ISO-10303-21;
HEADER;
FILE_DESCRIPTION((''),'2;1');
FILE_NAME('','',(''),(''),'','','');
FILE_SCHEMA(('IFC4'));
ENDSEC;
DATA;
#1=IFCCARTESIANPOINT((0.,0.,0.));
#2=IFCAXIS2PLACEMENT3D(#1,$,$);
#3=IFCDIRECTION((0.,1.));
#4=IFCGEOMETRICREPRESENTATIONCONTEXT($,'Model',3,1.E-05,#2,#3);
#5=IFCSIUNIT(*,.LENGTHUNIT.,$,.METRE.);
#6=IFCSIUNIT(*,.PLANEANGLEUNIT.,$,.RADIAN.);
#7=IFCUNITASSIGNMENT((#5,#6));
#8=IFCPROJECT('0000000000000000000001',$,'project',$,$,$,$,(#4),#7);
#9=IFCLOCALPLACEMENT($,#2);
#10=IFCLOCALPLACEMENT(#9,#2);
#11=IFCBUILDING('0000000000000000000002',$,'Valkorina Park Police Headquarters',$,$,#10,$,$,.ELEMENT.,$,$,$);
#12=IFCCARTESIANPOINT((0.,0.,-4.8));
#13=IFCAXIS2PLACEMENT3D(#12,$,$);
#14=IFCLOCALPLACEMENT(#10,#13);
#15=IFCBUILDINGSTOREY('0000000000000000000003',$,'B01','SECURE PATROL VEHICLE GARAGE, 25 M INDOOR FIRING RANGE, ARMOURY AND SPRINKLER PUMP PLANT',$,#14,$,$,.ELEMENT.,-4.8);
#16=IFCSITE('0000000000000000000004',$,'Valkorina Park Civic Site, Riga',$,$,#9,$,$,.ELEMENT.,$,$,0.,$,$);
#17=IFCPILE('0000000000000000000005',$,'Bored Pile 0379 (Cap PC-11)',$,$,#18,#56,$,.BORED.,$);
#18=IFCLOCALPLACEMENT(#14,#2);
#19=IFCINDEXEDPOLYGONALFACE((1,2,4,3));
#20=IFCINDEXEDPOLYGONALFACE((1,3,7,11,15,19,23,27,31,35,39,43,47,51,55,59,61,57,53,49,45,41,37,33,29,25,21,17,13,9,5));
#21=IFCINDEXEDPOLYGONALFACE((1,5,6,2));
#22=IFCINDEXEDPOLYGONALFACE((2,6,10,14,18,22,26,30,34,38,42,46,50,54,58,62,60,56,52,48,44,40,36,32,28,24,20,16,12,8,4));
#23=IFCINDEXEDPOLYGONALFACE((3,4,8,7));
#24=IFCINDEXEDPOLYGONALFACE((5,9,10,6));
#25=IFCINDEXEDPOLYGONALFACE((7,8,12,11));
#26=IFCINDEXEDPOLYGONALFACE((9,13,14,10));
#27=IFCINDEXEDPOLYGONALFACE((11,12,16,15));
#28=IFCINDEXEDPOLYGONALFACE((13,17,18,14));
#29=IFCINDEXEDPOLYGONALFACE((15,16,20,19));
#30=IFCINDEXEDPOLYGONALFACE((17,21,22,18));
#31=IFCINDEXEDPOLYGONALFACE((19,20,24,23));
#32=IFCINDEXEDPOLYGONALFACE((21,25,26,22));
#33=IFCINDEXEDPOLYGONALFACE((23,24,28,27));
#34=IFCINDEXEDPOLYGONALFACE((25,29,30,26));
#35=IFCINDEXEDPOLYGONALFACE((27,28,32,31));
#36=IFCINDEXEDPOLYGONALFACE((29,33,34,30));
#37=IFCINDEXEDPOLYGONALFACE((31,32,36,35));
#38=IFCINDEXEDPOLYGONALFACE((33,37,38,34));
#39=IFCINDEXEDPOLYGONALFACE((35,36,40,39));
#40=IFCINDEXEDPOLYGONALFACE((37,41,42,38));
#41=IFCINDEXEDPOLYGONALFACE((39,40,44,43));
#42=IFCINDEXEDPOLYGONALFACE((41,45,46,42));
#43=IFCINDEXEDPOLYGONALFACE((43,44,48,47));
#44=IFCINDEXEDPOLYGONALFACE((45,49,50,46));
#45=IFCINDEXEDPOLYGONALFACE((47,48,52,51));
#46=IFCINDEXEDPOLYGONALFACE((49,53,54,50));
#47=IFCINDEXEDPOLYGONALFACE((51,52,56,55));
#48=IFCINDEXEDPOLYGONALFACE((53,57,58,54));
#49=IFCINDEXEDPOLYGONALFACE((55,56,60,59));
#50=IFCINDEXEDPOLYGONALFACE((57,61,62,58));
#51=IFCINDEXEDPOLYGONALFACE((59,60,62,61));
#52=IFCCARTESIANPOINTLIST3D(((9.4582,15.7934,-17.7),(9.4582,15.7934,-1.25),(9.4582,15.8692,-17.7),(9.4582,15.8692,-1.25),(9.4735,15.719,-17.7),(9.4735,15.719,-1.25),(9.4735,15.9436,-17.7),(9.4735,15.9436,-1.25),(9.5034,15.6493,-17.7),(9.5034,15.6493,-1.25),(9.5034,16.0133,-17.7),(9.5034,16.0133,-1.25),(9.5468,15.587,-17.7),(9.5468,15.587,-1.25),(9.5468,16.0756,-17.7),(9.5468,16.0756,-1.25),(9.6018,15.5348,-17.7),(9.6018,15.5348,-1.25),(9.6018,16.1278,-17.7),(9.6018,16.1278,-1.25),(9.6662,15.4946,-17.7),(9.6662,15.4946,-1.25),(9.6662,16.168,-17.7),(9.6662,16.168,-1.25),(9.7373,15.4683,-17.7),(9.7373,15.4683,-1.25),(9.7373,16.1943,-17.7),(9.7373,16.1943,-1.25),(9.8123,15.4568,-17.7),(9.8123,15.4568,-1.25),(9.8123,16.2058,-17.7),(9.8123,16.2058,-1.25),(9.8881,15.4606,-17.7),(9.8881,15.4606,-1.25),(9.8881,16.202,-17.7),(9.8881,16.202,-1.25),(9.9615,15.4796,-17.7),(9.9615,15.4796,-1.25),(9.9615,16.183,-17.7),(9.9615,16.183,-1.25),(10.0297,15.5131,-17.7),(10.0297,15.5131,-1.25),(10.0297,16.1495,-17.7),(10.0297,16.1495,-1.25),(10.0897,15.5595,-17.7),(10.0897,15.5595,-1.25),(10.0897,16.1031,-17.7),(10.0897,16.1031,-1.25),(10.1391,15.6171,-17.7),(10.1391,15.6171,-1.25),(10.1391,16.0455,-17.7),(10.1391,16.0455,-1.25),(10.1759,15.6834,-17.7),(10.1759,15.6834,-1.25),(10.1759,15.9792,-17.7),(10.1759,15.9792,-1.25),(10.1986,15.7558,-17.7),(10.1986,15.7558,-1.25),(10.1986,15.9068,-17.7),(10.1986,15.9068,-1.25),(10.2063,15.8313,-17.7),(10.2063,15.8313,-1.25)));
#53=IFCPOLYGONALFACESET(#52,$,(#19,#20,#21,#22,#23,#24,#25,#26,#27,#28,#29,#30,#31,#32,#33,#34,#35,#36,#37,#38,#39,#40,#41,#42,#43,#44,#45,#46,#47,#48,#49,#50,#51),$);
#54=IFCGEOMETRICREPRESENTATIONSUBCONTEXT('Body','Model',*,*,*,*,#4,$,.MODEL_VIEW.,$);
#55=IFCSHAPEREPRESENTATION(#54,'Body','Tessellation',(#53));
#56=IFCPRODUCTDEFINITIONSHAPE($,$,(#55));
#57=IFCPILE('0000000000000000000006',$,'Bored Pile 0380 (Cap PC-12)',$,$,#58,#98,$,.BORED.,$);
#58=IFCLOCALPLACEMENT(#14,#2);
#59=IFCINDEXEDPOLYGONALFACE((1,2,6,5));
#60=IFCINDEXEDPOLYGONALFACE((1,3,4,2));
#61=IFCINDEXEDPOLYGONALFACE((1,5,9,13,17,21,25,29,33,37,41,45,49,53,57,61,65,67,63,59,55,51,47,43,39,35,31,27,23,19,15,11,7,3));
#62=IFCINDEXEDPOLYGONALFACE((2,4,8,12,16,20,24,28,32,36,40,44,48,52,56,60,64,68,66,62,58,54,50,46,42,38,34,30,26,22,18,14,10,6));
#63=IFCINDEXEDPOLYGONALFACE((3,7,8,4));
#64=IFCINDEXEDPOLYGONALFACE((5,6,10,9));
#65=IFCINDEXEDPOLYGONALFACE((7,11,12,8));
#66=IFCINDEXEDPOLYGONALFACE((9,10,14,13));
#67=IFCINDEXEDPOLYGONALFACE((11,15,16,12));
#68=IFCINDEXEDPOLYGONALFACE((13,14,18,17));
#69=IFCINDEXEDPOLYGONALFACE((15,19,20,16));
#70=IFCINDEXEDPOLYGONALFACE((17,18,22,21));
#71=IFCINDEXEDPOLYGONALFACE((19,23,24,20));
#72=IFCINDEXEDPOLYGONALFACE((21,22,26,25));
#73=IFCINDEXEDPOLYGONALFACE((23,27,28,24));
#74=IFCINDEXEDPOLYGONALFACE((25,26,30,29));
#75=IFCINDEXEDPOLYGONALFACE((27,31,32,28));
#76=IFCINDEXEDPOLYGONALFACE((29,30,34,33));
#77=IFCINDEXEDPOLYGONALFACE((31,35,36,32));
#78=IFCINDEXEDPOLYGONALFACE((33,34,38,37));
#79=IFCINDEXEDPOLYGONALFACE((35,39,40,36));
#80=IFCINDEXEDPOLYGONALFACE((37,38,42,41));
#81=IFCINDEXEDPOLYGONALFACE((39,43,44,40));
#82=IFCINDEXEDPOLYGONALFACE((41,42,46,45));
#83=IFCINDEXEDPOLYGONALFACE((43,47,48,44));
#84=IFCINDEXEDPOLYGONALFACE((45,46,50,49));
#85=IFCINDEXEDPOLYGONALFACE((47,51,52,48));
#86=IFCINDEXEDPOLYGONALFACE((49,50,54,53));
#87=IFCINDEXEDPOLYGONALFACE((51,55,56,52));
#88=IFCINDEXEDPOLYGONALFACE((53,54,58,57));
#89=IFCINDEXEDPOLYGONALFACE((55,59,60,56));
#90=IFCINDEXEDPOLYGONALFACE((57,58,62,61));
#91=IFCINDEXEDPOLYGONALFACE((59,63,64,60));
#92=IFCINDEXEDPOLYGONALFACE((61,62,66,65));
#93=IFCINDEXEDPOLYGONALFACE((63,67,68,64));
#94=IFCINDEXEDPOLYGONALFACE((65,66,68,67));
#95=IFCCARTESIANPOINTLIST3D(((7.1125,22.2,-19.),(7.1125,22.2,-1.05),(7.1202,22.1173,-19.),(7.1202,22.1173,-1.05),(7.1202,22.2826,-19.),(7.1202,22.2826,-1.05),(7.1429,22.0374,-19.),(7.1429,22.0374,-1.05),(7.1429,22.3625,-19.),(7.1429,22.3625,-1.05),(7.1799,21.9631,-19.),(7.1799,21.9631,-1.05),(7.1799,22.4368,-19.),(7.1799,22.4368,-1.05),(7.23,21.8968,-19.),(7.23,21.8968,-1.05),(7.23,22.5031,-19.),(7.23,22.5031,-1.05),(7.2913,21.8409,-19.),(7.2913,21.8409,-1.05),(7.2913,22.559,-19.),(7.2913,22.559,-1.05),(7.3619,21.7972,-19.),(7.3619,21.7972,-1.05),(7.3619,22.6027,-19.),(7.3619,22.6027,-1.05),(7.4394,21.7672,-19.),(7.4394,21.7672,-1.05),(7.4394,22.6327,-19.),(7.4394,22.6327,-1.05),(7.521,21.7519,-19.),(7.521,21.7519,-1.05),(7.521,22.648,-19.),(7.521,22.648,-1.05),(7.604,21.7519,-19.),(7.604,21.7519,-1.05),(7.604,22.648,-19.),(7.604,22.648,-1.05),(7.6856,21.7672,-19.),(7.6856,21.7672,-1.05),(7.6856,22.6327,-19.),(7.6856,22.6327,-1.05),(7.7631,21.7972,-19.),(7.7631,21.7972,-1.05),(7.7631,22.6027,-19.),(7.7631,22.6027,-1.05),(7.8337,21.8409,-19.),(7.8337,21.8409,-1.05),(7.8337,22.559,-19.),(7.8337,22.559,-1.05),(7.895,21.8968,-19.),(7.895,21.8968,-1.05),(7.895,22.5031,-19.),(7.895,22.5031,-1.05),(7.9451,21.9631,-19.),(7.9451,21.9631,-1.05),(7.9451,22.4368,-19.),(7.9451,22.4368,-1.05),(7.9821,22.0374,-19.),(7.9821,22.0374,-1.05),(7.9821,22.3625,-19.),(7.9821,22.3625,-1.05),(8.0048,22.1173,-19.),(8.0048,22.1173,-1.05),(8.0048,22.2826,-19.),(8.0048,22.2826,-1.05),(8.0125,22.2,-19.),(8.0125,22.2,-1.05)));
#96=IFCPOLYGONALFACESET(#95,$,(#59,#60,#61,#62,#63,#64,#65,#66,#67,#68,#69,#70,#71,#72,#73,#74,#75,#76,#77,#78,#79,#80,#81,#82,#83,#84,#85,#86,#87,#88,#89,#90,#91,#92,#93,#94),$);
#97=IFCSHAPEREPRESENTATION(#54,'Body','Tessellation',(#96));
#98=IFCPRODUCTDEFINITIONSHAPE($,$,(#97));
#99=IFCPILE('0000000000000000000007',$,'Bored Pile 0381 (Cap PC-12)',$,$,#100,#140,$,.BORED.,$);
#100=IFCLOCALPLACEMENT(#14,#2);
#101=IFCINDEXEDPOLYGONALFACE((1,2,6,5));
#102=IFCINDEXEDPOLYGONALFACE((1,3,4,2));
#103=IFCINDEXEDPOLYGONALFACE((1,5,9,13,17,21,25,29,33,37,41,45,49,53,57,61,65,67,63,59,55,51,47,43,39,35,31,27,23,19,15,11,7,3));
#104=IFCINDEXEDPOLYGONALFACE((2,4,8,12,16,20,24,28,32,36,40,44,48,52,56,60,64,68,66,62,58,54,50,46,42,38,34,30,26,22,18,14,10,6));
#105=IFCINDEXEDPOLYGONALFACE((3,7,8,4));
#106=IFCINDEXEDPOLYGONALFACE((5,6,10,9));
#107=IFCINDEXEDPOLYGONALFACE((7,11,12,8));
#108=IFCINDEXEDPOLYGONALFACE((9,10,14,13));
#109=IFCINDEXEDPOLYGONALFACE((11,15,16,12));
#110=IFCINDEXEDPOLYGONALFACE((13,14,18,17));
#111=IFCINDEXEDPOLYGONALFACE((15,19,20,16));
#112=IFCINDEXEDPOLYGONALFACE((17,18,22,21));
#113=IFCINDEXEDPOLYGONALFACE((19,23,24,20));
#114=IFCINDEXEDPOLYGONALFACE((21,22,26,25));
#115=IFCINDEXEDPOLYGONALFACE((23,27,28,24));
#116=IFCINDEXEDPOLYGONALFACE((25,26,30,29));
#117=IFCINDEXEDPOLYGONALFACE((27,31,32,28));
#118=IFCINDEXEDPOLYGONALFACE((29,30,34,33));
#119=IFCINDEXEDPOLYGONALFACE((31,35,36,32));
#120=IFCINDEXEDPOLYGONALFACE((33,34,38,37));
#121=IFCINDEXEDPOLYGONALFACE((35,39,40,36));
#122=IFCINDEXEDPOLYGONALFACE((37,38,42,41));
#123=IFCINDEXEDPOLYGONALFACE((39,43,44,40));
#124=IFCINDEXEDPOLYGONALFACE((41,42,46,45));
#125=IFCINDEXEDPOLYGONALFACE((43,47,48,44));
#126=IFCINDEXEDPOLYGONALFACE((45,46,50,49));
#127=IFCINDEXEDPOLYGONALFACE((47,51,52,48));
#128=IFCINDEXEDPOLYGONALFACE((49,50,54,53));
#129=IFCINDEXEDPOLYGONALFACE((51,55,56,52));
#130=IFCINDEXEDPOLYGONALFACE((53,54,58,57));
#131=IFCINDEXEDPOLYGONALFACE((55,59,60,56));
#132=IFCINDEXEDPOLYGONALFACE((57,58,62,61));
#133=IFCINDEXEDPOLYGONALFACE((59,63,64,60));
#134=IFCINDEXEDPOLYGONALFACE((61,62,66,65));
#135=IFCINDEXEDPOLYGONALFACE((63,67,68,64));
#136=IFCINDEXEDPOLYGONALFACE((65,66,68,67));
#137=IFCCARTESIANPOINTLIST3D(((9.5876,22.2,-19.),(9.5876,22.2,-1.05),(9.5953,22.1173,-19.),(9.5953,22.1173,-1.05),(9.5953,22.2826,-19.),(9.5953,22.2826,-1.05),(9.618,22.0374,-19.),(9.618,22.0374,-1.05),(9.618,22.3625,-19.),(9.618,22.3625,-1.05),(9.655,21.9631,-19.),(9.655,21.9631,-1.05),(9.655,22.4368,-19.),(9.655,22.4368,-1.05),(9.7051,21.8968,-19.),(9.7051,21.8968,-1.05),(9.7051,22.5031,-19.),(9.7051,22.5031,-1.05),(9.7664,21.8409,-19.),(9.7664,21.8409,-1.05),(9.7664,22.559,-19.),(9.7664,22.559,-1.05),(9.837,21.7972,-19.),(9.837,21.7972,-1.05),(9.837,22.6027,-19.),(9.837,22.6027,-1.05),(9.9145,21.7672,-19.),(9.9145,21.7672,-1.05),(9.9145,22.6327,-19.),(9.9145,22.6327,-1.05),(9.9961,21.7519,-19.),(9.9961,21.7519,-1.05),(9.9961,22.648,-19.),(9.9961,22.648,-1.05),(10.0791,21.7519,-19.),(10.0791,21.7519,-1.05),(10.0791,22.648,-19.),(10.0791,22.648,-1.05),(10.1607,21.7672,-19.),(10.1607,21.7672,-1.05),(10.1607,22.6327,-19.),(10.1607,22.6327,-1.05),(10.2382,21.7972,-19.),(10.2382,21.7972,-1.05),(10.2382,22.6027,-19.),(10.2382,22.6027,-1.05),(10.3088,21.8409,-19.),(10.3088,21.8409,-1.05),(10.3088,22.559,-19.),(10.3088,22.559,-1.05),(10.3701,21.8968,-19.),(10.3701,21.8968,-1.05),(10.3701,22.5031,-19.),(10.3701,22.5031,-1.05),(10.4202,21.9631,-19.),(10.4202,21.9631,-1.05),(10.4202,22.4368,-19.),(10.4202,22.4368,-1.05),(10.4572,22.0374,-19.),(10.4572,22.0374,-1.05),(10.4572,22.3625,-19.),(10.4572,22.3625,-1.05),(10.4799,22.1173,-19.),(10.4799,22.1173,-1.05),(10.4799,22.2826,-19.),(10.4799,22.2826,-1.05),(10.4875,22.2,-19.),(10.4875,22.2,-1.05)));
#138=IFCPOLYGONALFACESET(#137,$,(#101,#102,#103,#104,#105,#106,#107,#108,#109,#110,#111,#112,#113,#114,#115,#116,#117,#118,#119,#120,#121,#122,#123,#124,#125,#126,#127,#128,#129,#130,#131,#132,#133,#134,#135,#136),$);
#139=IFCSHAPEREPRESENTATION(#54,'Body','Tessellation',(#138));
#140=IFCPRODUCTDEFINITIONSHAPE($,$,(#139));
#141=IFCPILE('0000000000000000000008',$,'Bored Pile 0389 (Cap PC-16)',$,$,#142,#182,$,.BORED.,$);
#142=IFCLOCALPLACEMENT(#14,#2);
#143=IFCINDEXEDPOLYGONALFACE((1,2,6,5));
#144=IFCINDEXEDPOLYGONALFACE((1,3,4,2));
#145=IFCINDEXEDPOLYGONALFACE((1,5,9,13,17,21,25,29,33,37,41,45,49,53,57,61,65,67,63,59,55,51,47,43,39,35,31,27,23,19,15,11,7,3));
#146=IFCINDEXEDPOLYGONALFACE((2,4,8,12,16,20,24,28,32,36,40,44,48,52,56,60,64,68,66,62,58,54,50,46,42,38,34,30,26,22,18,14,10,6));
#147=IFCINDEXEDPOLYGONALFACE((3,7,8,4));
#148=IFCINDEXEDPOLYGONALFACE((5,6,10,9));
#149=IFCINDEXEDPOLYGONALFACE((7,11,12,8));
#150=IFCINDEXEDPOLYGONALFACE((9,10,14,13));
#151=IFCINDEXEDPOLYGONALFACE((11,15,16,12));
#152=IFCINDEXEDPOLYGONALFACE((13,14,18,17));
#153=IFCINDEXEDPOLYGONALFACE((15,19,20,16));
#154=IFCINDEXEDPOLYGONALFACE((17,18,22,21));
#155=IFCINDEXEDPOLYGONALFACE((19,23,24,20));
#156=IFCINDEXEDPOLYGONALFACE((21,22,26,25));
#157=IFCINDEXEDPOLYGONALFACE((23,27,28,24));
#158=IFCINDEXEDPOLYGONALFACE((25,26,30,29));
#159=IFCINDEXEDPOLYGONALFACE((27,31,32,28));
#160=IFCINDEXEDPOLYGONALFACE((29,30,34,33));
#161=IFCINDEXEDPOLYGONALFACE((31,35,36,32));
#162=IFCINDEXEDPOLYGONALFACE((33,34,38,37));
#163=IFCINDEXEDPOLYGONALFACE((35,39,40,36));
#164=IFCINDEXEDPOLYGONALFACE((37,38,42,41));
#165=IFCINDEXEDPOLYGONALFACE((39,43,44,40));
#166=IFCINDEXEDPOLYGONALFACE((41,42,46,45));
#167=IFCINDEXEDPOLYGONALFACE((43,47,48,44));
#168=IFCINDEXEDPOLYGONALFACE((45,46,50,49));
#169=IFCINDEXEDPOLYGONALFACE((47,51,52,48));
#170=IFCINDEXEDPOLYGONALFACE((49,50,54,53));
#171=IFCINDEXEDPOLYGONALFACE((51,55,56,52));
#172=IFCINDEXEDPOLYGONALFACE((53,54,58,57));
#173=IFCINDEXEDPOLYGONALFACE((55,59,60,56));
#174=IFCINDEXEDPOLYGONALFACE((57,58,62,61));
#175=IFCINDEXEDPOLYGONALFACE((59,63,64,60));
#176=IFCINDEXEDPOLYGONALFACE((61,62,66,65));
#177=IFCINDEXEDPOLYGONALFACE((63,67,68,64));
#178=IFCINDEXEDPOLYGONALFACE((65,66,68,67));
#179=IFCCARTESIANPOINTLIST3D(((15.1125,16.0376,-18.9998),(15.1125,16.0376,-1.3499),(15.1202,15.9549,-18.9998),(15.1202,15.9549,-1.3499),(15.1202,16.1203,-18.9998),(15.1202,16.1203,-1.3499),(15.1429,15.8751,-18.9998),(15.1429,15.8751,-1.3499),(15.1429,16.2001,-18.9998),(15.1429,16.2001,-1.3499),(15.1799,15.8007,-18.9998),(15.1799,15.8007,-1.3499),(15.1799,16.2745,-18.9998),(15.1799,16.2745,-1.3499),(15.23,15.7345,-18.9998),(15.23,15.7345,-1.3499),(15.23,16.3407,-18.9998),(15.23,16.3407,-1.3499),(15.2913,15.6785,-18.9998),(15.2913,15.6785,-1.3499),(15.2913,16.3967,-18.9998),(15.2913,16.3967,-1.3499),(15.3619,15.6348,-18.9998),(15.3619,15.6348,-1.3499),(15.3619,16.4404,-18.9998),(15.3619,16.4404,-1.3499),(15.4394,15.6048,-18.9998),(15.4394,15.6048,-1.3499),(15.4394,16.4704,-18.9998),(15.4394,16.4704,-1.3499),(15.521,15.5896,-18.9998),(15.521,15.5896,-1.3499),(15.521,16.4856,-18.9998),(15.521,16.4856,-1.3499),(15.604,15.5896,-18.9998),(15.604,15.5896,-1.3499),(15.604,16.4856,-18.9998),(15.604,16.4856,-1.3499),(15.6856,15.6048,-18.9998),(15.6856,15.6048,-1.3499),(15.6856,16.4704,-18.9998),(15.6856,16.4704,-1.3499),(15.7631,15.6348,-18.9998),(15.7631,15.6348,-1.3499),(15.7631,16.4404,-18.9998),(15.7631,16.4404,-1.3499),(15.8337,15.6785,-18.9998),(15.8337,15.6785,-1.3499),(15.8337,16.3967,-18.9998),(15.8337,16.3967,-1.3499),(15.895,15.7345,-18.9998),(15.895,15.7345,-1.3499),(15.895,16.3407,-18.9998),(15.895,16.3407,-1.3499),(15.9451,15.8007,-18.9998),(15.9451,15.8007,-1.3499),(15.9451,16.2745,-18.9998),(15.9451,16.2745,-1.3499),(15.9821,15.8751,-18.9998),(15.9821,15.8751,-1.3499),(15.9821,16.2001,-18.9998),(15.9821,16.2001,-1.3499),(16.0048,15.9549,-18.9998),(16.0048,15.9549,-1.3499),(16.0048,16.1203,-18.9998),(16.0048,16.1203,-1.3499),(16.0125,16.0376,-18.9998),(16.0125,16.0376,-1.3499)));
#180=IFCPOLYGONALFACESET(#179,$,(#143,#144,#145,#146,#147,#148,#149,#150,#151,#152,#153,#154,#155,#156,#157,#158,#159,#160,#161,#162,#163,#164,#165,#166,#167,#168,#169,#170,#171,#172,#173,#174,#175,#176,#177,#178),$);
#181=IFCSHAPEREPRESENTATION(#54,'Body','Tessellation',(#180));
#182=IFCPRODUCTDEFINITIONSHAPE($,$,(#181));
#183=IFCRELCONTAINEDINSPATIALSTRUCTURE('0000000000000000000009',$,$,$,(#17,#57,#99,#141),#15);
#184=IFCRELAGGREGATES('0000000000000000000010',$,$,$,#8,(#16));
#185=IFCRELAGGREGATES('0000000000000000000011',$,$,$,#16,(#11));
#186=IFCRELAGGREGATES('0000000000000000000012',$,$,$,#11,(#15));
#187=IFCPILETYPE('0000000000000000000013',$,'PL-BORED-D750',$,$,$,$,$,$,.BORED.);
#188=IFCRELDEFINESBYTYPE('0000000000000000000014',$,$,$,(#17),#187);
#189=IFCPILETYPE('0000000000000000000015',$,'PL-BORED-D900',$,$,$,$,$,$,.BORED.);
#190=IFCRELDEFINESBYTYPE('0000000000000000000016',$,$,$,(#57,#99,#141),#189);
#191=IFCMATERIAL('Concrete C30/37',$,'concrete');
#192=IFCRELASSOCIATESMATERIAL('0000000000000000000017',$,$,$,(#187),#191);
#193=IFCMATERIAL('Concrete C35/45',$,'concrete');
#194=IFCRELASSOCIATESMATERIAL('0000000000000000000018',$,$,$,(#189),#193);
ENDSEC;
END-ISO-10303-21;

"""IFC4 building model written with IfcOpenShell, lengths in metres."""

from ifc_helpers import new_model, si_unit, direction, frame, origin, origin_2d, place, context, subcontext, project, spatial, circle, extrude, material, material_profile, profile_set, type_object, element, save


model = new_model("IFC4")

# Units and contexts
model_context = context("Model", 3, precision=1e-05, world=origin(), true_north=direction((0.0, 1.0)))
body_context = subcontext(model_context, "Body", "Model", "MODEL_VIEW")
ifc_project = project(units=[si_unit("LENGTHUNIT", "METRE"), si_unit("PLANEANGLEUNIT", "RADIAN")], contexts=[model_context])

# Site, building, storey
site_placement = place(None, origin())
site = spatial("IfcSite", under=ifc_project, at=site_placement, Name="Valkorina Park Civic Site, Riga", CompositionType="ELEMENT", RefElevation=0.0)
building_placement = place(site_placement, origin())
building = spatial("IfcBuilding", under=site, at=building_placement, Name="Valkorina Park Police Headquarters", CompositionType="ELEMENT")
storey_placement = place(building_placement, frame((0.0, 0.0, -4.8)))
storey = spatial("IfcBuildingStorey", under=building, at=storey_placement, Name="B01", Description="SECURE PATROL VEHICLE GARAGE, 25 M INDOOR FIRING RANGE, ARMOURY AND SPRINKLER PUMP PLANT", CompositionType="ELEMENT", Elevation=-4.8)

# Piles
ifc_material_1 = material(Name="Concrete C30/37", Category="concrete")
ifc_material_profile_1 = material_profile(ifc_material_1, circle(Radius=0.375, at=origin_2d()), Name="BORED PILE D750")
ifc_profile_set_1 = profile_set([ifc_material_profile_1], Name="Concrete C30/37")
pile_type_1 = type_object("IfcPileType", Name="PL-BORED-D750", PredefinedType="BORED", material=ifc_profile_set_1)
for number, where, z_axis, x_axis, name in (
    (1, (9.8313, 15.8313, -1.25), (0.0, 0.0, -1.0), (1.0, 0.0, 0.0), "Bored Pile 0379 (Cap PC-11)"),
):
    element("IfcPile", number, at=place(storey_placement, frame(where, z_axis=z_axis, x_axis=x_axis)), inside=storey, type_object=pile_type_1, Name=name, PredefinedType="BORED", context=body_context, shape_type="SweptSolid", body=[
        extrude(circle(Radius=0.375, at=origin_2d()), origin(), (0.0, 0.0, 1.0), 16.45),
    ])
ifc_material_2 = material(Name="Concrete C35/45", Category="concrete")
ifc_material_profile_2 = material_profile(ifc_material_2, circle(Radius=0.45, at=origin_2d()), Name="BORED PILE D900")
ifc_profile_set_2 = profile_set([ifc_material_profile_2], Name="Concrete C35/45")
pile_type_2 = type_object("IfcPileType", Name="PL-BORED-D900", PredefinedType="BORED", material=ifc_profile_set_2)
for number, where, z_axis, x_axis, name in (
    (2, (7.5625, 22.2, -1.05), (0.0, 0.0, -1.0), (1.0, 0.0, 0.0), "Bored Pile 0380 (Cap PC-12)"),
    (3, (10.0376, 22.2, -1.05), (0.0, 0.0, -1.0), (1.0, 0.0, 0.0), "Bored Pile 0381 (Cap PC-12)"),
):
    element("IfcPile", number, at=place(storey_placement, frame(where, z_axis=z_axis, x_axis=x_axis)), inside=storey, type_object=pile_type_2, Name=name, PredefinedType="BORED", context=body_context, shape_type="SweptSolid", body=[
        extrude(circle(Radius=0.45, at=origin_2d()), origin(), (0.0, 0.0, 1.0), 17.95),
    ])
for number, where, z_axis, x_axis, name in (
    (4, (15.5625, 16.0376, -1.3499), (0.0, 0.0, -1.0), (1.0, 0.0, 0.0), "Bored Pile 0389 (Cap PC-16)"),
):
    element("IfcPile", number, at=place(storey_placement, frame(where, z_axis=z_axis, x_axis=x_axis)), inside=storey, type_object=pile_type_2, Name=name, PredefinedType="BORED", context=body_context, shape_type="SweptSolid", body=[
        extrude(circle(Radius=0.45, at=origin_2d()), origin(), (0.0, 0.0, 1.0), 17.6499),
    ])

save(model, "model.ifc")
